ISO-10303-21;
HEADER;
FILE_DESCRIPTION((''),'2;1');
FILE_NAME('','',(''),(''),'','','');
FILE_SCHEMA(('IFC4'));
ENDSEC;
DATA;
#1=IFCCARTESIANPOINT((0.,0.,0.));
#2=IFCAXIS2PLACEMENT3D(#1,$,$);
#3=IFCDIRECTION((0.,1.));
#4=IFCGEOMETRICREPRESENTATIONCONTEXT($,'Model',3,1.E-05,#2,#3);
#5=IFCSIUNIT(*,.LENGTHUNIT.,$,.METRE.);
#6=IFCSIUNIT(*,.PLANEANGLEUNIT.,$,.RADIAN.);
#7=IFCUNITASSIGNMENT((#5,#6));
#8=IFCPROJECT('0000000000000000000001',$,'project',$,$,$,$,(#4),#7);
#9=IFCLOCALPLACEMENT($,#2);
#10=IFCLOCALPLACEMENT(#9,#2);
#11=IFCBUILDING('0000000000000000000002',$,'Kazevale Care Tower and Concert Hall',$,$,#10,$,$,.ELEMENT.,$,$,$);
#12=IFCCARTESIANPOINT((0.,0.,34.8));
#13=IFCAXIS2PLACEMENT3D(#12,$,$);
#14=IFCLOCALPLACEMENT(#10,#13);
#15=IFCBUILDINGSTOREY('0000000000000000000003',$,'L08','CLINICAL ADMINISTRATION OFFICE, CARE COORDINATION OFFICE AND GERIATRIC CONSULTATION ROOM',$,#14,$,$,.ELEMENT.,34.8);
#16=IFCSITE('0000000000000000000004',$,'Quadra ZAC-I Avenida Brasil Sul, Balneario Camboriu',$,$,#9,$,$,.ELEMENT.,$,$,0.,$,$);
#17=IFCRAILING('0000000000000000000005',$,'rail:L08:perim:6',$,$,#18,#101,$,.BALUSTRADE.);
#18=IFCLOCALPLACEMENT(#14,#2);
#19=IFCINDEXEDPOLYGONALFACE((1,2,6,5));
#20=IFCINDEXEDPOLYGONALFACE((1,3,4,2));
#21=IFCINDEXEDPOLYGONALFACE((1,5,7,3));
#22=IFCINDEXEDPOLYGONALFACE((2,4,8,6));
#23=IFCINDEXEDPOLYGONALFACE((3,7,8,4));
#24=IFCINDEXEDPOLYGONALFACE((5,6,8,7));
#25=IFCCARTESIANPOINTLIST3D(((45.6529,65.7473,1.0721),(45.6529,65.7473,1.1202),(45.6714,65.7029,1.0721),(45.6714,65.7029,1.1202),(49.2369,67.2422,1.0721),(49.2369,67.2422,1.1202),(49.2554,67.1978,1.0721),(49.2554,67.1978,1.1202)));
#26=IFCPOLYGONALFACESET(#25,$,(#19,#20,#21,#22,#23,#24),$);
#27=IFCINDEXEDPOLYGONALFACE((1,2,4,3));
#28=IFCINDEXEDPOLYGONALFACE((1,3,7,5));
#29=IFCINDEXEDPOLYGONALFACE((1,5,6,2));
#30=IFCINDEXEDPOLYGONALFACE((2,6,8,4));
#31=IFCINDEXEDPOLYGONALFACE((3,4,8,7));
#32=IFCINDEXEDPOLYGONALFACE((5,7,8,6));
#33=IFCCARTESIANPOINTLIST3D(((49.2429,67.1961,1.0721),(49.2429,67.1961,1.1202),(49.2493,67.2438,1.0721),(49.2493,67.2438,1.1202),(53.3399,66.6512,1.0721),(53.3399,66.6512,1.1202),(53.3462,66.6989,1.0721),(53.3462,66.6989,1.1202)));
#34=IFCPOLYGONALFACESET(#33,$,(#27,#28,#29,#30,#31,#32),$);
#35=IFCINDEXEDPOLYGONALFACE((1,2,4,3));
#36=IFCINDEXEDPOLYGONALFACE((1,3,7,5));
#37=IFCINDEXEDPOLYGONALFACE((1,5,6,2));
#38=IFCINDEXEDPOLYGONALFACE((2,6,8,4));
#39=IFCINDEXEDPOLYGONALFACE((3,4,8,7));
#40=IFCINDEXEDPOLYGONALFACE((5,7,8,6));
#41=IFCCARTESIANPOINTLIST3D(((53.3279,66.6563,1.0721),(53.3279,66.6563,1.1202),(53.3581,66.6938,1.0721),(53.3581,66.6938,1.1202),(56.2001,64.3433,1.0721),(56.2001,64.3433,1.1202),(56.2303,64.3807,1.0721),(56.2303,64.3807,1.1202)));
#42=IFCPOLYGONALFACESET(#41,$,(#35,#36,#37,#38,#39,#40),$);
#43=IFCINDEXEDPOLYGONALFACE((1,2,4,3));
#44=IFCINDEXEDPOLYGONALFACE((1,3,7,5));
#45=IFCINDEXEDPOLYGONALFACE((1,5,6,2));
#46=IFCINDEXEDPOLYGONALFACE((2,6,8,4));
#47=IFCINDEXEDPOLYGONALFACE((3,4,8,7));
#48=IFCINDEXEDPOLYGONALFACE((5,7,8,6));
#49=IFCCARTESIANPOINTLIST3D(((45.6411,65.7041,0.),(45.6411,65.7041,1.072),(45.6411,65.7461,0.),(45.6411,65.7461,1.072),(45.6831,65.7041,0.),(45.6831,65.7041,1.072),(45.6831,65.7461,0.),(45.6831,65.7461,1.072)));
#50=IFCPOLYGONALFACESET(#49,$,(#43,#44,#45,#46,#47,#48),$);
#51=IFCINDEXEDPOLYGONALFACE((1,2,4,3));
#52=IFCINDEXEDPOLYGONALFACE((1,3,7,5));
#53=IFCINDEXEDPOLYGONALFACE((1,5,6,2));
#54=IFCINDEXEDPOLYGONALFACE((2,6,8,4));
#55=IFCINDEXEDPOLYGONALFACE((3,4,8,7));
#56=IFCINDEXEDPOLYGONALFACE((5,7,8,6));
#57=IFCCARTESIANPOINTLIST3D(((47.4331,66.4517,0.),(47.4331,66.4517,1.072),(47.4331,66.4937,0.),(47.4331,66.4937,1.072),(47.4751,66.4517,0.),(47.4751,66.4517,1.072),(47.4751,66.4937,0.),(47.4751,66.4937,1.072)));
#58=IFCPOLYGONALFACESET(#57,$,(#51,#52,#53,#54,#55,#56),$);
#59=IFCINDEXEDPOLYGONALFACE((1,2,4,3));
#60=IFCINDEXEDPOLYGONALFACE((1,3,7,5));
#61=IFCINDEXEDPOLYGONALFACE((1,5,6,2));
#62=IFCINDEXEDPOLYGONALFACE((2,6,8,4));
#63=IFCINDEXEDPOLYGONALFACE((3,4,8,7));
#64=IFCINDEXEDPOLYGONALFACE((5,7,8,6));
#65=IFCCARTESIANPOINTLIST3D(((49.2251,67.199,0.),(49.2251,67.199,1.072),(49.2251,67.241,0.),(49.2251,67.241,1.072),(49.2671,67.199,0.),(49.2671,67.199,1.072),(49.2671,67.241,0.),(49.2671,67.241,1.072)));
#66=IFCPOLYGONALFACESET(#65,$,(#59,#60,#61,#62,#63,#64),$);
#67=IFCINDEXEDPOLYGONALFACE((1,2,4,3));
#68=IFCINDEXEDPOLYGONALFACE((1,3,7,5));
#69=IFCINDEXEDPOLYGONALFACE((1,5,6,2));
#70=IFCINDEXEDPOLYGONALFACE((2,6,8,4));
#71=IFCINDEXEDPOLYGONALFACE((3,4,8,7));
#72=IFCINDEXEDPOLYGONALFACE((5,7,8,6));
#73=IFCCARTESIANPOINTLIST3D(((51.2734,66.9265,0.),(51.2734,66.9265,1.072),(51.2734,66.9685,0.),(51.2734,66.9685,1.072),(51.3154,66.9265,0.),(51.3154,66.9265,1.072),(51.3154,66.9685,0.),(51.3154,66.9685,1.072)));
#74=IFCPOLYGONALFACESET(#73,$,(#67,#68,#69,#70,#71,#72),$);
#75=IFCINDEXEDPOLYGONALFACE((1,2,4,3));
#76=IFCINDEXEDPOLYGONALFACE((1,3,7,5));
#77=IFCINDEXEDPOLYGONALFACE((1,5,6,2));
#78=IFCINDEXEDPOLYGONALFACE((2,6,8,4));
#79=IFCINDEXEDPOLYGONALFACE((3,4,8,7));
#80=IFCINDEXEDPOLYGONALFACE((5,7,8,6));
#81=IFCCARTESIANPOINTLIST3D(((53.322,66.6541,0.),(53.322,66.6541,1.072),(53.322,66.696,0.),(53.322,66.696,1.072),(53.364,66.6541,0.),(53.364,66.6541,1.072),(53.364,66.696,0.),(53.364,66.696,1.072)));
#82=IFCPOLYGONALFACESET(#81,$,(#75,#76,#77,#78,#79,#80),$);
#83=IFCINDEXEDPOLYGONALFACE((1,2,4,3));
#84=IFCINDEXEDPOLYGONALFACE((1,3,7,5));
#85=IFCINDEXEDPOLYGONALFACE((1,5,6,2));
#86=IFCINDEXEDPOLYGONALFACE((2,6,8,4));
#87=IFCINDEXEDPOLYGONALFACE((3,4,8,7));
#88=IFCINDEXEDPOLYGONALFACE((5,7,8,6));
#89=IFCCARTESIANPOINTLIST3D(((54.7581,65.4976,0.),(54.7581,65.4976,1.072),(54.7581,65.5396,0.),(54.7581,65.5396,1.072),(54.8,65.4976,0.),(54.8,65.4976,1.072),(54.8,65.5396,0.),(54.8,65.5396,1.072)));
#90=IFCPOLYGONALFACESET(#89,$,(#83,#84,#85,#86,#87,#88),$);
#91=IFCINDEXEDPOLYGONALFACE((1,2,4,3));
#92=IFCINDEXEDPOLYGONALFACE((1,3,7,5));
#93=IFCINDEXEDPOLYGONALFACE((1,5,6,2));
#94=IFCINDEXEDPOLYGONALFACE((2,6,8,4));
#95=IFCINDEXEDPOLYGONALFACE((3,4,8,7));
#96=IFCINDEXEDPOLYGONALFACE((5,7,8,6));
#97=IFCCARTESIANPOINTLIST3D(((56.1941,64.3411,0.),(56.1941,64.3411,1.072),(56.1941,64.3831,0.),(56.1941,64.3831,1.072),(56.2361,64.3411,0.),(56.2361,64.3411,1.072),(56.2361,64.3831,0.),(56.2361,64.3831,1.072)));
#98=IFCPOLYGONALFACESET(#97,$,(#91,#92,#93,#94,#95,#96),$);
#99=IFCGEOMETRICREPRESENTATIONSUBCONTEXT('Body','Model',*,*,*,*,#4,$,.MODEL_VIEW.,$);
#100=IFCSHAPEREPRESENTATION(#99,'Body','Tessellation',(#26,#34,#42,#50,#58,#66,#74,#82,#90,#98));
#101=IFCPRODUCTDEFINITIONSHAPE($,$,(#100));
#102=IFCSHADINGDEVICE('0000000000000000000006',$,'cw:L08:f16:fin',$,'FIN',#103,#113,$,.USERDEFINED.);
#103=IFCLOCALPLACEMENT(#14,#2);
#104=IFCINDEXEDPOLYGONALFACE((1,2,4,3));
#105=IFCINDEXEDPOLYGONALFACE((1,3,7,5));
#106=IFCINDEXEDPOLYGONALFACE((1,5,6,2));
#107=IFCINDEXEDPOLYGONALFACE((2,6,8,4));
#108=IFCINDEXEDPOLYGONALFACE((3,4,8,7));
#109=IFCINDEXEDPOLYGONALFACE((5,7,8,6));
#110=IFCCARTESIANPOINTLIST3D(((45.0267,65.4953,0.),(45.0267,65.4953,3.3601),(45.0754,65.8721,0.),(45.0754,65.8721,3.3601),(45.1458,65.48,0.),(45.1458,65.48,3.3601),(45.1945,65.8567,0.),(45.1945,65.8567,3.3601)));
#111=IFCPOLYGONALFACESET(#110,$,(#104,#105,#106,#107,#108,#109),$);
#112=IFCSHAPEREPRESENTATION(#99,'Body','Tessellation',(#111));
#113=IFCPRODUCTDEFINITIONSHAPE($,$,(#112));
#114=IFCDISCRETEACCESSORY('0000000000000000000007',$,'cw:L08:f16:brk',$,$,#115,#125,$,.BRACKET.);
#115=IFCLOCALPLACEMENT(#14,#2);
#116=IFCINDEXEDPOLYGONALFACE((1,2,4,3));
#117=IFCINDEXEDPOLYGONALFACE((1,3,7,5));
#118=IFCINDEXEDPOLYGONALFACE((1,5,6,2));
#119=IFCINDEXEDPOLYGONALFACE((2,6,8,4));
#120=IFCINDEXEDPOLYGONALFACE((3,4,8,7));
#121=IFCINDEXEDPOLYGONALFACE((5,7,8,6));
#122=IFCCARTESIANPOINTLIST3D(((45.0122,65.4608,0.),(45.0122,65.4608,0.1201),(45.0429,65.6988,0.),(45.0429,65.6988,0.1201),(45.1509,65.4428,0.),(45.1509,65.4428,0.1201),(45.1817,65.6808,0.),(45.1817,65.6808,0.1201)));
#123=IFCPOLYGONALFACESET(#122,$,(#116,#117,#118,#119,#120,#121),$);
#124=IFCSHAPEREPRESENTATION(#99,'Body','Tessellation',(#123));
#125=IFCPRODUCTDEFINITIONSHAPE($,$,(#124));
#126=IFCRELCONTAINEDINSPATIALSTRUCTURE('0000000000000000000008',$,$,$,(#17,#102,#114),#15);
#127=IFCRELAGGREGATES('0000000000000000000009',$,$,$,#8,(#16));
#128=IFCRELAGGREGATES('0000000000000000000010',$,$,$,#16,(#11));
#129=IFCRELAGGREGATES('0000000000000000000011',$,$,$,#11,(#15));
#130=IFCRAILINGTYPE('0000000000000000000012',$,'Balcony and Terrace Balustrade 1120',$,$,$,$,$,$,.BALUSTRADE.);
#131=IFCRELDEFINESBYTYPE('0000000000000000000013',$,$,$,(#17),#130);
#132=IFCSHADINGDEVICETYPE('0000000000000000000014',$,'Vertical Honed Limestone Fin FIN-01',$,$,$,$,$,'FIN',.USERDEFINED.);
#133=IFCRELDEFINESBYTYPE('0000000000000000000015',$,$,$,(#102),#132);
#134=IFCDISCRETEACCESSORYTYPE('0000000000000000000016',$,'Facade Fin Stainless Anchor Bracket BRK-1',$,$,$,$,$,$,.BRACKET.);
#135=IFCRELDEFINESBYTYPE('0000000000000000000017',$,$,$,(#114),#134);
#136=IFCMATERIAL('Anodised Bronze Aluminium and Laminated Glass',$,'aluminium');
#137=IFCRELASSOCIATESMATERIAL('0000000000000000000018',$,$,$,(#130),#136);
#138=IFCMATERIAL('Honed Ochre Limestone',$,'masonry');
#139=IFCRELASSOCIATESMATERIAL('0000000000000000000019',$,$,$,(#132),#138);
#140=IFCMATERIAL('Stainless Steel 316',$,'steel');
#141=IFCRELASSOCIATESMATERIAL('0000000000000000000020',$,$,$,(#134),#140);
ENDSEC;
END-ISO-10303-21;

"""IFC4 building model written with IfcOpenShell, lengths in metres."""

from ifc_helpers import new_model, si_unit, direction, frame, origin, origin_2d, place, context, subcontext, project, spatial, rectangle, extrude, material, type_object, element, save


model = new_model("IFC4")

# Units and contexts
model_context = context("Model", 3, precision=1e-05, world=origin(), true_north=direction((0.0, 1.0)))
body_context = subcontext(model_context, "Body", "Model", "MODEL_VIEW")
ifc_project = project(units=[si_unit("LENGTHUNIT", "METRE"), si_unit("PLANEANGLEUNIT", "RADIAN")], contexts=[model_context])

# Site, building, storey
site_placement = place(None, origin())
site = spatial("IfcSite", under=ifc_project, at=site_placement, Name="Quadra ZAC-I Avenida Brasil Sul, Balneario Camboriu", CompositionType="ELEMENT", RefElevation=0.0)
building_placement = place(site_placement, origin())
building = spatial("IfcBuilding", under=site, at=building_placement, Name="Kazevale Care Tower and Concert Hall", CompositionType="ELEMENT")
storey_placement = place(building_placement, frame((0.0, 0.0, 34.8)))
storey = spatial("IfcBuildingStorey", under=building, at=storey_placement, Name="L08", Description="CLINICAL ADMINISTRATION OFFICE, CARE COORDINATION OFFICE AND GERIATRIC CONSULTATION ROOM", CompositionType="ELEMENT", Elevation=34.8)

# Railing
ifc_material_1 = material(Name="Anodised Bronze Aluminium and Laminated Glass", Category="aluminium")
railing_type = type_object("IfcRailingType", Name="Balcony and Terrace Balustrade 1120", PredefinedType="BALUSTRADE", material=ifc_material_1)
railing_placement = place(storey_placement, frame((45.6621, 65.7251, 0.0)))
element("IfcRailing", 1, at=railing_placement, inside=storey, type_object=railing_type, Name="rail:L08:perim:6", PredefinedType="BALUSTRADE", context=body_context, shape_type="SweptSolid", body=[
    extrude(rectangle(XDim=0.0481, YDim=0.0481, at=origin_2d()), frame((0.0, 0.0, 1.0962), z_axis=(0.922935, 0.384955, 0.0), x_axis=(-0.384955, 0.922935, 0.0)), (0.0, 0.0, 1.0), 3.8833),
    extrude(rectangle(XDim=0.0481, YDim=0.0481, at=origin_2d()), frame((3.584, 1.4949, 1.0962), z_axis=(0.99127, -0.131846, 0.0), x_axis=(0.131846, 0.99127, 0.0)), (0.0, 0.0, 1.0), 4.1331),
    extrude(rectangle(XDim=0.0481, YDim=0.0481, at=origin_2d()), frame((7.6809, 0.95, 1.0962), z_axis=(0.778837, -0.627227, 0.0), x_axis=(0.627227, 0.778837, 0.0)), (0.0, 0.0, 1.0), 3.6877),
    extrude(rectangle(XDim=0.042, YDim=0.042, at=origin_2d()), origin(), (0.0, 0.0, 1.0), 1.072),
    extrude(rectangle(XDim=0.042, YDim=0.042, at=origin_2d()), frame((1.792, 0.7476, 0.0)), (0.0, 0.0, 1.0), 1.072),
    extrude(rectangle(XDim=0.042, YDim=0.042, at=origin_2d()), frame((3.584, 1.4949, 0.0)), (0.0, 0.0, 1.0), 1.072),
    extrude(rectangle(XDim=0.042, YDim=0.042, at=origin_2d()), frame((5.6323, 1.2224, 0.0)), (0.0, 0.0, 1.0), 1.072),
    extrude(rectangle(XDim=0.042, YDim=0.042, at=origin_2d()), frame((7.6809, 0.95, 0.0)), (0.0, 0.0, 1.0), 1.072),
    extrude(rectangle(XDim=0.042, YDim=0.042, at=origin_2d()), frame((9.1169, -0.2065, 0.0)), (0.0, 0.0, 1.0), 1.072),
    extrude(rectangle(XDim=0.042, YDim=0.042, at=origin_2d()), frame((10.553, -1.363, 0.0)), (0.0, 0.0, 1.0), 1.072),
])

# Shading device
ifc_material_2 = material(Name="Honed Ochre Limestone", Category="masonry")
shading_device_type = type_object("IfcShadingDeviceType", Name="Vertical Honed Limestone Fin FIN-01", ElementType="FIN", PredefinedType="USERDEFINED", material=ifc_material_2)
shading_device_placement = place(storey_placement, frame((45.1106, 65.676, 0.0), z_axis=(0.0, 0.0, 1.0), x_axis=(0.128103, 0.991761, 0.0)))
element("IfcShadingDevice", 2, at=shading_device_placement, inside=storey, type_object=shading_device_type, Name="cw:L08:f16:fin", ObjectType="FIN", PredefinedType="USERDEFINED", context=body_context, shape_type="SweptSolid", body=[
    extrude(rectangle(XDim=0.3799, YDim=0.1201, at=origin_2d()), origin(), (0.0, 0.0, 1.0), 3.3601),
])

# Discrete accessory
ifc_material_3 = material(Name="Stainless Steel 316", Category="steel")
discrete_accessory_type = type_object("IfcDiscreteAccessoryType", Name="Facade Fin Stainless Anchor Bracket BRK-1", PredefinedType="BRACKET", material=ifc_material_3)
discrete_accessory_placement = place(storey_placement, frame((45.0969, 65.5708, 0.0), z_axis=(0.0, 0.0, 1.0), x_axis=(0.128103, 0.991761, 0.0)))
element("IfcDiscreteAccessory", 3, at=discrete_accessory_placement, inside=storey, type_object=discrete_accessory_type, Name="cw:L08:f16:brk", PredefinedType="BRACKET", context=body_context, shape_type="SweptSolid", body=[
    extrude(rectangle(XDim=0.24, YDim=0.1399, at=origin_2d()), origin(), (0.0, 0.0, 1.0), 0.1201),
])

save(model, "model.ifc")
